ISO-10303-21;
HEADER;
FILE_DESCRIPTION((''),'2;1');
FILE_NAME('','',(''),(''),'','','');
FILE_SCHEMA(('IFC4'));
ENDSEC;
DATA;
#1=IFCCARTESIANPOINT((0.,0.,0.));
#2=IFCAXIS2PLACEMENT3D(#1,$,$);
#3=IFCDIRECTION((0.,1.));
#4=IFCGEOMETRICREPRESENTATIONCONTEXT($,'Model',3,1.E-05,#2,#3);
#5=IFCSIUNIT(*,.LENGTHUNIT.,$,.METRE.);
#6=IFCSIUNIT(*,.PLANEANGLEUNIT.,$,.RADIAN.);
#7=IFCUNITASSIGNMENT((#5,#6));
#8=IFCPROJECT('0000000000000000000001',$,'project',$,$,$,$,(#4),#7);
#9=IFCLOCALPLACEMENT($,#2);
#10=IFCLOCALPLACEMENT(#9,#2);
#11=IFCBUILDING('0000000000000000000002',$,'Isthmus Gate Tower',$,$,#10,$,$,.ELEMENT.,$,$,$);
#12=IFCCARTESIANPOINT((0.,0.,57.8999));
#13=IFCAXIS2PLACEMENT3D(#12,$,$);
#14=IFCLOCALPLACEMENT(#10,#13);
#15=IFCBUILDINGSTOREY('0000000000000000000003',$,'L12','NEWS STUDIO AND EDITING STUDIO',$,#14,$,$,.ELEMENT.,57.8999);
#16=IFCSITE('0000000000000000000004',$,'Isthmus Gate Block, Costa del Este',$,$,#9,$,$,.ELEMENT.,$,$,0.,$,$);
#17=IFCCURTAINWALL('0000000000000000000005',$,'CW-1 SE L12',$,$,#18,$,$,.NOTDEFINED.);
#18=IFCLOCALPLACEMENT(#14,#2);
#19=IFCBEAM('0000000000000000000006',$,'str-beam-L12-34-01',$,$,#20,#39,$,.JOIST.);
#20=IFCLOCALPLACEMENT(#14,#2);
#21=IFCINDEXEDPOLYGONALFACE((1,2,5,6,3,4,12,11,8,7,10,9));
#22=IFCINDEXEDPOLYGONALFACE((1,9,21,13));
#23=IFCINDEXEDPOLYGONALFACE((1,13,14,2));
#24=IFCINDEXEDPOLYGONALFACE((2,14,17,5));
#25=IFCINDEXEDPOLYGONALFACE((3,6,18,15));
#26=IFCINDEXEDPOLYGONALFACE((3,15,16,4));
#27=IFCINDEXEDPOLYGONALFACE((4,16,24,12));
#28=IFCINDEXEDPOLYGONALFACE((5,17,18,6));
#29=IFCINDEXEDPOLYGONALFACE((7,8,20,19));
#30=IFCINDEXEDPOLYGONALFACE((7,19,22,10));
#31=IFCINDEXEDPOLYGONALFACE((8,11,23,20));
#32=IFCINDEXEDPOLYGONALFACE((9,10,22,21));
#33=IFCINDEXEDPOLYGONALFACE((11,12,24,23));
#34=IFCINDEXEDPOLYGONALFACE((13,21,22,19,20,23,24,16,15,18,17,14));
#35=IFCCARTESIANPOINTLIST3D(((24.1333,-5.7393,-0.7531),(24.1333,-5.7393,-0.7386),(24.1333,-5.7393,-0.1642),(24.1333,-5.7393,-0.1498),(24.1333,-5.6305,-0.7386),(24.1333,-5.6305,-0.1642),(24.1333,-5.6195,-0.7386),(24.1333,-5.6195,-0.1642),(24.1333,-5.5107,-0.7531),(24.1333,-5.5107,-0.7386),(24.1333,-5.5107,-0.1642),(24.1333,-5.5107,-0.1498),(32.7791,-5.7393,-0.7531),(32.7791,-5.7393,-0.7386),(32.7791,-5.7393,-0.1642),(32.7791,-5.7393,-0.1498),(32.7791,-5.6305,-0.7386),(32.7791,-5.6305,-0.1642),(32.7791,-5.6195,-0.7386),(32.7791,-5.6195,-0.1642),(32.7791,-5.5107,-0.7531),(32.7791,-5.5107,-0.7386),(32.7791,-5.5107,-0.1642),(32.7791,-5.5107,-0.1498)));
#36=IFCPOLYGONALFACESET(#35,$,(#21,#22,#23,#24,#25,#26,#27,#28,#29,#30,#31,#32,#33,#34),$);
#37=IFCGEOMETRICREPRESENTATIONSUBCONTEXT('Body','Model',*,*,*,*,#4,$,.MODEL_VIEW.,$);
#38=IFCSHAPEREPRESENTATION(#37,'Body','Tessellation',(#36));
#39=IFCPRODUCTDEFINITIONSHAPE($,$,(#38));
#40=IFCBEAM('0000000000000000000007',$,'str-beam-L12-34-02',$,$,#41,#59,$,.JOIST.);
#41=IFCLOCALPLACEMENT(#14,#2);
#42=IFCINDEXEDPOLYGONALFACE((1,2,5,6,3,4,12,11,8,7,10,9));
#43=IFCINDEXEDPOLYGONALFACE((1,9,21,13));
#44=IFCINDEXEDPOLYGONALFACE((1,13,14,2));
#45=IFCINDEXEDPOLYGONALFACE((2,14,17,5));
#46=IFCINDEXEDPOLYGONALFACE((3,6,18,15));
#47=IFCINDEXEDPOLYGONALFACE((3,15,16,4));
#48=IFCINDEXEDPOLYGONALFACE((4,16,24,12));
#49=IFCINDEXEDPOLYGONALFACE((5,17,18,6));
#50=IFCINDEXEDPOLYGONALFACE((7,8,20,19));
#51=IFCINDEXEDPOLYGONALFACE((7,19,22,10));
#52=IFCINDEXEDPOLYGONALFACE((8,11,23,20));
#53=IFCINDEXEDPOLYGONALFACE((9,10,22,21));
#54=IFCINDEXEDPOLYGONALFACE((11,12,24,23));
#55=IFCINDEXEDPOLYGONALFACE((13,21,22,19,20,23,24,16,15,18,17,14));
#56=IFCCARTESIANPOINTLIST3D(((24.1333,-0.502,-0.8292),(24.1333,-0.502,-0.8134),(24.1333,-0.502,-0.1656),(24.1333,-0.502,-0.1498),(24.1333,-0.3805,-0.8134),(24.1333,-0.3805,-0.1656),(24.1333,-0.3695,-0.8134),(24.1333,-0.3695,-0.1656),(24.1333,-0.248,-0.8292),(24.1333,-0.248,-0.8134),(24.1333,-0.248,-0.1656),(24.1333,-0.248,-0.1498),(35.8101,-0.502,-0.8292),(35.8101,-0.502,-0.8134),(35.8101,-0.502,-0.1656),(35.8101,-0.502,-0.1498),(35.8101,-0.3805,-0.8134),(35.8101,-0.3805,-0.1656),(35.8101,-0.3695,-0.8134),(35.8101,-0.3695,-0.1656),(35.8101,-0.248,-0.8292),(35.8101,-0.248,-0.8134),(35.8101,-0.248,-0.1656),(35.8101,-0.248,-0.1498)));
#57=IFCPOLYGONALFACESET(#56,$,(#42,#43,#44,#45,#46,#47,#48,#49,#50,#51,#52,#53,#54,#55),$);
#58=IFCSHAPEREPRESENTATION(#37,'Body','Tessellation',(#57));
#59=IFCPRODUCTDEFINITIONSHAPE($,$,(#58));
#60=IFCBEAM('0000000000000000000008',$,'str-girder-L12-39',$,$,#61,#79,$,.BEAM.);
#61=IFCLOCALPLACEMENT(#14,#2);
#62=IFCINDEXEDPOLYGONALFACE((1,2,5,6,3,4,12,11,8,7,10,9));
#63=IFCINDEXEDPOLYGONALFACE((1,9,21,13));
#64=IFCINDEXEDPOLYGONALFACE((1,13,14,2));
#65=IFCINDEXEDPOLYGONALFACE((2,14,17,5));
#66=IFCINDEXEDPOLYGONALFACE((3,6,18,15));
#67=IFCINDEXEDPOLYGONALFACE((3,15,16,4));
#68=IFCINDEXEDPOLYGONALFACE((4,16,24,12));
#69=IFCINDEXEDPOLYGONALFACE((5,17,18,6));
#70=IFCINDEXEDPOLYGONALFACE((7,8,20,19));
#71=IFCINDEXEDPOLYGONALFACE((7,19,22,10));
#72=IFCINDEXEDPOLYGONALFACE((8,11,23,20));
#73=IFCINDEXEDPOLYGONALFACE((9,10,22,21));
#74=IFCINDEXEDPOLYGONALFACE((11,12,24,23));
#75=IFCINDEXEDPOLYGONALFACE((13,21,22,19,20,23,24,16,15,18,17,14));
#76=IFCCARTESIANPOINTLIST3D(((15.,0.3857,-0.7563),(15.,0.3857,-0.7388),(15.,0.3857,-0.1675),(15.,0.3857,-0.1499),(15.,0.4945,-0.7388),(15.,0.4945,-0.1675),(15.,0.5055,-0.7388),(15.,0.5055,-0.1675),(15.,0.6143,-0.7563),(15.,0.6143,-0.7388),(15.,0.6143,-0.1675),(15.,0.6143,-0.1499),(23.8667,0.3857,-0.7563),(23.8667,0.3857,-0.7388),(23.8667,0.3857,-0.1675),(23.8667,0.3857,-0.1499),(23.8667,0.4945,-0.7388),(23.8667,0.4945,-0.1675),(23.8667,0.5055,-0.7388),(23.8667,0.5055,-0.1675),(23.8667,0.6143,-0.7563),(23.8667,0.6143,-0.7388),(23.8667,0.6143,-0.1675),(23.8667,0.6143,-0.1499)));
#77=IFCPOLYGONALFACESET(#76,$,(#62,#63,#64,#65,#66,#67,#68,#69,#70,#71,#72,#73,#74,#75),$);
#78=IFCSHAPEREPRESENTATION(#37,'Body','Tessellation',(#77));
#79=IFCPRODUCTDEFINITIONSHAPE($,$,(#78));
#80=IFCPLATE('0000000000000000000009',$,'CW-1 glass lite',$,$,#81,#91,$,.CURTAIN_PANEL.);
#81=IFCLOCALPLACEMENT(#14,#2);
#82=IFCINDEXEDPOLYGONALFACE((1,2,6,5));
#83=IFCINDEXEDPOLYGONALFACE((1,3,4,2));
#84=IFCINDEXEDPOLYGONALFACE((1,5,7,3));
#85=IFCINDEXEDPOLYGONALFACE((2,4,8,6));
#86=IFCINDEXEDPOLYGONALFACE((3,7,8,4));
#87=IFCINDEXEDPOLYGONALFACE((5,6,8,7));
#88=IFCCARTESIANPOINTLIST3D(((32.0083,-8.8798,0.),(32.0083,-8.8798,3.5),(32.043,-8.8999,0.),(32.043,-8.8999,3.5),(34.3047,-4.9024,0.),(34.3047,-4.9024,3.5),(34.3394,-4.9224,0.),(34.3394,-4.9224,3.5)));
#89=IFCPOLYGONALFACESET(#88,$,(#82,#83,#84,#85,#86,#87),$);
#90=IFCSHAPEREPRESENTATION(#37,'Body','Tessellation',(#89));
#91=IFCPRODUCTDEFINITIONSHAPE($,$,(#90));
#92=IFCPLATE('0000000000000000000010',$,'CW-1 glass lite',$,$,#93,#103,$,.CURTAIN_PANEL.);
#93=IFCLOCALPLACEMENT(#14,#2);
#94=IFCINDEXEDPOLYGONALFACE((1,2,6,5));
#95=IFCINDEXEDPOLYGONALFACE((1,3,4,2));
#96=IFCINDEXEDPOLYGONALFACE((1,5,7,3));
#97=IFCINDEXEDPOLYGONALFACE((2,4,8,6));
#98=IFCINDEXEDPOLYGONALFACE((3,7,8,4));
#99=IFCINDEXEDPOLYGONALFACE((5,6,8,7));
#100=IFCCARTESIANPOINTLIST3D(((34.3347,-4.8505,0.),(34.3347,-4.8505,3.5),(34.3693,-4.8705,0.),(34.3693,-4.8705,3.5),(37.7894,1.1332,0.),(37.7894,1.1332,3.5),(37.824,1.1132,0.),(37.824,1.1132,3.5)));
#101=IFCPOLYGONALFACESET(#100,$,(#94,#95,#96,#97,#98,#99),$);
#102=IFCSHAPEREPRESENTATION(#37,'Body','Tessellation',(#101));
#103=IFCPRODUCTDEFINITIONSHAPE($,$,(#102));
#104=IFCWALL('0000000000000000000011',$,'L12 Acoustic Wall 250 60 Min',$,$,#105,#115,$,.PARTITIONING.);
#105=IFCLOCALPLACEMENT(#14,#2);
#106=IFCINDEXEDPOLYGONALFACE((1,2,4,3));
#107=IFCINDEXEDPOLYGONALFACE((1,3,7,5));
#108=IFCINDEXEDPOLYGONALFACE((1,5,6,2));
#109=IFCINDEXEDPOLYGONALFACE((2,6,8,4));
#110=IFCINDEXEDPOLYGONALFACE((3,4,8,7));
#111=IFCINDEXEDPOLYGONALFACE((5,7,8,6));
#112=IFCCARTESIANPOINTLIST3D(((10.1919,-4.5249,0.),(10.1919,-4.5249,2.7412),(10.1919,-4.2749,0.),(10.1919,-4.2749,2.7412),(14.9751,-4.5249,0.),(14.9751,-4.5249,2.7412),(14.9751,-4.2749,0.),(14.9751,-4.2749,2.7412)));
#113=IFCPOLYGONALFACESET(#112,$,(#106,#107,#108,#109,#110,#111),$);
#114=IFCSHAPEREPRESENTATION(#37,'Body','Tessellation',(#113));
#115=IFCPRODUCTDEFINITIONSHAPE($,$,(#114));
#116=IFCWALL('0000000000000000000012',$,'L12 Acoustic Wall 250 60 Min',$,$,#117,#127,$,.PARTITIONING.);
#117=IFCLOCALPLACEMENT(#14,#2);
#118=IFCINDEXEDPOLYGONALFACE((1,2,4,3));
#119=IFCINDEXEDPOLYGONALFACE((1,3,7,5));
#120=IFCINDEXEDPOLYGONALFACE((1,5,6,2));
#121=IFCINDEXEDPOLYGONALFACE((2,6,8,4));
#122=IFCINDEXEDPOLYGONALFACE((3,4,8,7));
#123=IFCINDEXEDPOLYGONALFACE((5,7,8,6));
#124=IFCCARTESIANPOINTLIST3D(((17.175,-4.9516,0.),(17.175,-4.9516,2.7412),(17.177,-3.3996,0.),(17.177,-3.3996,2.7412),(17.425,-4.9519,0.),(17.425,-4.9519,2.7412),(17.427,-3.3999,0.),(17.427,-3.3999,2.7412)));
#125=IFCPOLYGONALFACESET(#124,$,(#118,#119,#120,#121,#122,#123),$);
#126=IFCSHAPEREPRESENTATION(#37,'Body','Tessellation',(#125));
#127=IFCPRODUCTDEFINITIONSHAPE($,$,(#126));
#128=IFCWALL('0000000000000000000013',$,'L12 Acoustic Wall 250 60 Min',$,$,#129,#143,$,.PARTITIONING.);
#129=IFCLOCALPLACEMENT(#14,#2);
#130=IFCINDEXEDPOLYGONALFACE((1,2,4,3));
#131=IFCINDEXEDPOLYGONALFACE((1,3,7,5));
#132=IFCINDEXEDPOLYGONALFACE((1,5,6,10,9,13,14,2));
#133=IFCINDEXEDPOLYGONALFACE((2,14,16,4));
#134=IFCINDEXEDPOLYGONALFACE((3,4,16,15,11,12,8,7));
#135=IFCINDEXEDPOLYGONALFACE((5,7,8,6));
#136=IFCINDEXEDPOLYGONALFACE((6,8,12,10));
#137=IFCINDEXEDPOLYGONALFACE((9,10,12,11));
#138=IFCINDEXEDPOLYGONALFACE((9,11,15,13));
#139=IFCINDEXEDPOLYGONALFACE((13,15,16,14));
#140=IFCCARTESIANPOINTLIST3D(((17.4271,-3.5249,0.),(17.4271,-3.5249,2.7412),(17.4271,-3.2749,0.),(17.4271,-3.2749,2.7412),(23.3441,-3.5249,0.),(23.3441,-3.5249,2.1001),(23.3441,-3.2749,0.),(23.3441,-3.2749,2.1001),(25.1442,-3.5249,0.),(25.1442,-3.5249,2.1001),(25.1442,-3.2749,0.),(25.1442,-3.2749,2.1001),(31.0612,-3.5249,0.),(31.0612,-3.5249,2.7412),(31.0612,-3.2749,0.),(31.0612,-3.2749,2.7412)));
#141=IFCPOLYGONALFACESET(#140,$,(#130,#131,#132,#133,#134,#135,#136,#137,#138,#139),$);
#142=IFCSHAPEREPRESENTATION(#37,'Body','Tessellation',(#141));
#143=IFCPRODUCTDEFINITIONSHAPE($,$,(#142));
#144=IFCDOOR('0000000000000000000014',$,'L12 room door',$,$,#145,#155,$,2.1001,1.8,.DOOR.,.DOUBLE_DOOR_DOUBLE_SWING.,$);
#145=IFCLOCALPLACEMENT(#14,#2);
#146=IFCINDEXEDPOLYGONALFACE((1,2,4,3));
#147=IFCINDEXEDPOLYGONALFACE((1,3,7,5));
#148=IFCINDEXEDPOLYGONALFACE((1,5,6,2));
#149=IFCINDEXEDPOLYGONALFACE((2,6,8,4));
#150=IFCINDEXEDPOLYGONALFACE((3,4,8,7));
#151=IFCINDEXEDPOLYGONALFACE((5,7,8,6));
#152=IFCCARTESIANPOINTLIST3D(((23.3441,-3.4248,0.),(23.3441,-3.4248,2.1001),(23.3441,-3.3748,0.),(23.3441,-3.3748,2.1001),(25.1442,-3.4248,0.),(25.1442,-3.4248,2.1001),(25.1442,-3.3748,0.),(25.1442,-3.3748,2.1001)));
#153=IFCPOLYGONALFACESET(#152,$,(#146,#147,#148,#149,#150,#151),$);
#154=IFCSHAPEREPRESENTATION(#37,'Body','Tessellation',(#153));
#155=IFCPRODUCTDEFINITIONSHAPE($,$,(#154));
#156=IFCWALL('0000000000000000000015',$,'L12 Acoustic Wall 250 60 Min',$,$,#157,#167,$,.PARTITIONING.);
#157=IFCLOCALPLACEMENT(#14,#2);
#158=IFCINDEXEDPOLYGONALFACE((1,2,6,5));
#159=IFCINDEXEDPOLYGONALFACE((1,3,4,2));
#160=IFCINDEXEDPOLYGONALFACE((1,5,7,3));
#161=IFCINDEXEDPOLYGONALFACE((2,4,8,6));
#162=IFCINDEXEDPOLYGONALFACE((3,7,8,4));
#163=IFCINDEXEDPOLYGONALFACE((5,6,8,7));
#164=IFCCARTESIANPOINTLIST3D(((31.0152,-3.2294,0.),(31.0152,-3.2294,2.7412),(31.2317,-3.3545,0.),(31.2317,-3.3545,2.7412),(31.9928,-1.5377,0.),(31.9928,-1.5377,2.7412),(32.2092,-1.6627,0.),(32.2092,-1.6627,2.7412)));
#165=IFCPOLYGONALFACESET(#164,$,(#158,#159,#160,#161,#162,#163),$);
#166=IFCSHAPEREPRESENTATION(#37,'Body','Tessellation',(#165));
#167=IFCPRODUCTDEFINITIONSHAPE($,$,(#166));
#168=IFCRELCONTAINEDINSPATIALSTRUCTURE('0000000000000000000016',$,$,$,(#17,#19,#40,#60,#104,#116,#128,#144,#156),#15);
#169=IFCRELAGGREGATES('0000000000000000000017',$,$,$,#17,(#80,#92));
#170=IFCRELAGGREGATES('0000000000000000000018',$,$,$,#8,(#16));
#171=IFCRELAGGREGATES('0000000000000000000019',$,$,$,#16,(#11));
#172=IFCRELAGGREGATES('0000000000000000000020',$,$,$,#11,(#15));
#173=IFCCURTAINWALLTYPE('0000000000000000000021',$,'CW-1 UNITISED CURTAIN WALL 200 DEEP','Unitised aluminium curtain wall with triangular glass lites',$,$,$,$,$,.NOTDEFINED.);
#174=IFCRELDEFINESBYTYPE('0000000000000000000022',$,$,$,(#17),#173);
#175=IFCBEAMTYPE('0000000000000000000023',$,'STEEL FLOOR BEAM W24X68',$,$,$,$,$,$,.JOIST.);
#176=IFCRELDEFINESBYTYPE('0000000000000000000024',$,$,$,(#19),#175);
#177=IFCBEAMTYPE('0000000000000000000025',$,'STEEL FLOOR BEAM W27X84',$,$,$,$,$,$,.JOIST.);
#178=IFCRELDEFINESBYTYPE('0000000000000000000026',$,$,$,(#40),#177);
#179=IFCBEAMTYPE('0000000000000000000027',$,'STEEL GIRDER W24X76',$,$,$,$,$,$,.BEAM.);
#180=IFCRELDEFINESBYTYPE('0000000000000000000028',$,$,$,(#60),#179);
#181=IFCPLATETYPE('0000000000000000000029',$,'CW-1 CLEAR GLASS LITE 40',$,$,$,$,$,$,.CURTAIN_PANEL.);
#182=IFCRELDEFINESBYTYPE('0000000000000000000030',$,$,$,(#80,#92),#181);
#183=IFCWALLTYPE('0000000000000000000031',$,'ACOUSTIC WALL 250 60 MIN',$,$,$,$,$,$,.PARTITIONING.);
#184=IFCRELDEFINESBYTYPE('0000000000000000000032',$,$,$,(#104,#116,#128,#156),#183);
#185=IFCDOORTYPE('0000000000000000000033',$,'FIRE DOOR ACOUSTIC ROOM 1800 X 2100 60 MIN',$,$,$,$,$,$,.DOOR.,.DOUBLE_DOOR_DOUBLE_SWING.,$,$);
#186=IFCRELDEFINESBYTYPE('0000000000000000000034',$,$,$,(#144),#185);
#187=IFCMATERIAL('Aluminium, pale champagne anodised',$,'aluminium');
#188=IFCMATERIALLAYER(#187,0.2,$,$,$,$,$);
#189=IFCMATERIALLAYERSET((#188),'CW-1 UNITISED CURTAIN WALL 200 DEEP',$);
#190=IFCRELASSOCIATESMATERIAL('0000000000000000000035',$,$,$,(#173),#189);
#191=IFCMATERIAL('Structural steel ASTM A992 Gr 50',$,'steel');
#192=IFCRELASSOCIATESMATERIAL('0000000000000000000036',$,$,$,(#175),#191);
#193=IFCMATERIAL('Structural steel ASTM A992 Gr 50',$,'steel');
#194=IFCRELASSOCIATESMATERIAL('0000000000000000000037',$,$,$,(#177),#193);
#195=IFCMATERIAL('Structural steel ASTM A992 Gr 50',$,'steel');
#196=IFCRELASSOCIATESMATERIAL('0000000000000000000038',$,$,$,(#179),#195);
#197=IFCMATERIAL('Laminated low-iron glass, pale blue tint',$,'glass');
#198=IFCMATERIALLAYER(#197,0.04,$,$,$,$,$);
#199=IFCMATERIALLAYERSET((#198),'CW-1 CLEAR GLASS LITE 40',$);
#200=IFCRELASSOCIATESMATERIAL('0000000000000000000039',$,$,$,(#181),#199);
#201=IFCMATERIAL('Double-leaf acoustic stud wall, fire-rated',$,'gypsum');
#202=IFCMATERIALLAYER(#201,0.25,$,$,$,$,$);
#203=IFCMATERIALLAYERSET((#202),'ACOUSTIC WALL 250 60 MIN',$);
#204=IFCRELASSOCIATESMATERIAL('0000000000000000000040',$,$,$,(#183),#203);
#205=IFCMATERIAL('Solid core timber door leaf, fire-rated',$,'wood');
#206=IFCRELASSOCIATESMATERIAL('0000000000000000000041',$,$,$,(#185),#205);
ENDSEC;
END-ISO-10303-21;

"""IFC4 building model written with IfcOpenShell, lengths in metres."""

from ifc_helpers import new_model, si_unit, direction, frame, frame_2d, origin, origin_2d, place, context, subcontext, project, spatial, rectangle, i_section, extrude, material, layer, layer_set, material_profile, profile_set, type_object, element, fill, aggregate, save


model = new_model("IFC4")

# Units and contexts
model_context = context("Model", 3, precision=1e-05, world=origin(), true_north=direction((0.0, 1.0)))
body_context = subcontext(model_context, "Body", "Model", "MODEL_VIEW")
ifc_project = project(units=[si_unit("LENGTHUNIT", "METRE"), si_unit("PLANEANGLEUNIT", "RADIAN")], contexts=[model_context])

# Site, building, storey
site_placement = place(None, origin())
site = spatial("IfcSite", under=ifc_project, at=site_placement, Name="Isthmus Gate Block, Costa del Este", CompositionType="ELEMENT", RefElevation=0.0)
building_placement = place(site_placement, origin())
building = spatial("IfcBuilding", under=site, at=building_placement, Name="Isthmus Gate Tower", CompositionType="ELEMENT")
storey_placement = place(building_placement, frame((0.0, 0.0, 57.8999)))
storey = spatial("IfcBuildingStorey", under=building, at=storey_placement, Name="L12", Description="NEWS STUDIO AND EDITING STUDIO", CompositionType="ELEMENT", Elevation=57.8999)

# Curtain wall
ifc_material_1 = material(Name="Aluminium, pale champagne anodised", Category="aluminium")
ifc_layer_1 = layer(ifc_material_1, 0.2)
ifc_layer_set_1 = layer_set([ifc_layer_1], Name="CW-1 UNITISED CURTAIN WALL 200 DEEP")
curtain_wall_type = type_object("IfcCurtainWallType", Name="CW-1 UNITISED CURTAIN WALL 200 DEEP", Description="Unitised aluminium curtain wall with triangular glass lites", PredefinedType="NOTDEFINED", material=ifc_layer_set_1)
curtain_wall_1_placement = place(storey_placement, origin())
curtain_wall_1 = element("IfcCurtainWall", 1, at=curtain_wall_1_placement, inside=storey, type_object=curtain_wall_type, Name="CW-1 SE L12", PredefinedType="NOTDEFINED")

# Beams
ifc_material_2 = material(Name="Structural steel ASTM A992 Gr 50", Category="steel")
ifc_material_profile_1 = material_profile(ifc_material_2, i_section(OverallWidth=0.2285, OverallDepth=0.6033, WebThickness=0.011, FlangeThickness=0.0144, at=origin_2d()), Name="W24X68")
ifc_profile_set_1 = profile_set([ifc_material_profile_1], Name="Structural steel ASTM A992 Gr 50")
beam_type_1 = type_object("IfcBeamType", Name="STEEL FLOOR BEAM W24X68", PredefinedType="JOIST", material=ifc_profile_set_1)
beam_1_placement = place(storey_placement, frame((24.1333, -5.625, -0.4514), z_axis=(1.0, 0.0, 0.0), x_axis=(0.0, 1.0, 0.0)))
element("IfcBeam", 2, at=beam_1_placement, inside=storey, type_object=beam_type_1, Name="str-beam-L12-34-01", PredefinedType="JOIST", context=body_context, shape_type="SweptSolid", body=[
    extrude(i_section(OverallWidth=0.2285, OverallDepth=0.6033, WebThickness=0.011, FlangeThickness=0.0144, at=origin_2d()), origin(), (0.0, 0.0, 1.0), 8.6458),
])
ifc_material_3 = material(Name="Structural steel ASTM A992 Gr 50", Category="steel")
ifc_material_profile_2 = material_profile(ifc_material_3, i_section(OverallWidth=0.2539, OverallDepth=0.6794, WebThickness=0.011, FlangeThickness=0.0159, at=origin_2d()), Name="W27X84")
ifc_profile_set_2 = profile_set([ifc_material_profile_2], Name="Structural steel ASTM A992 Gr 50")
beam_type_2 = type_object("IfcBeamType", Name="STEEL FLOOR BEAM W27X84", PredefinedType="JOIST", material=ifc_profile_set_2)
beam_2_placement = place(storey_placement, frame((24.1333, -0.375, -0.4895), z_axis=(1.0, 0.0, 0.0), x_axis=(0.0, 1.0, 0.0)))
element("IfcBeam", 3, at=beam_2_placement, inside=storey, type_object=beam_type_2, Name="str-beam-L12-34-02", PredefinedType="JOIST", context=body_context, shape_type="SweptSolid", body=[
    extrude(i_section(OverallWidth=0.2539, OverallDepth=0.6794, WebThickness=0.011, FlangeThickness=0.0159, at=origin_2d()), origin(), (0.0, 0.0, 1.0), 11.6768),
])
ifc_material_4 = material(Name="Structural steel ASTM A992 Gr 50", Category="steel")
ifc_material_profile_3 = material_profile(ifc_material_4, i_section(OverallWidth=0.2285, OverallDepth=0.6064, WebThickness=0.011, FlangeThickness=0.0176, at=origin_2d()), Name="W24X76")
ifc_profile_set_3 = profile_set([ifc_material_profile_3], Name="Structural steel ASTM A992 Gr 50")
beam_type_3 = type_object("IfcBeamType", Name="STEEL GIRDER W24X76", PredefinedType="BEAM", material=ifc_profile_set_3)
beam_3_placement = place(storey_placement, frame((15.0, 0.5, -0.4531), z_axis=(1.0, 0.0, 0.0), x_axis=(0.0, 1.0, 0.0)))
element("IfcBeam", 4, at=beam_3_placement, inside=storey, type_object=beam_type_3, Name="str-girder-L12-39", PredefinedType="BEAM", context=body_context, shape_type="SweptSolid", body=[
    extrude(i_section(OverallWidth=0.2285, OverallDepth=0.6064, WebThickness=0.011, FlangeThickness=0.0176, at=origin_2d()), origin(), (0.0, 0.0, 1.0), 8.8667),
])

# Plates
ifc_material_5 = material(Name="Laminated low-iron glass, pale blue tint", Category="glass")
ifc_layer_2 = layer(ifc_material_5, 0.04)
ifc_layer_set_2 = layer_set([ifc_layer_2], Name="CW-1 CLEAR GLASS LITE 40")
plate_type = type_object("IfcPlateType", Name="CW-1 CLEAR GLASS LITE 40", PredefinedType="CURTAIN_PANEL", material=ifc_layer_set_2)
plate_1_placement = place(storey_placement, frame((33.1738, -6.9011, 0.0), z_axis=(0.0, 0.0, 1.0), x_axis=(0.5, 0.866025, 0.0)))
plate_1 = element("IfcPlate", 5, at=plate_1_placement, type_object=plate_type, Name="CW-1 glass lite", PredefinedType="CURTAIN_PANEL", context=body_context, shape_type="SweptSolid", body=[
    extrude(rectangle(XDim=4.5928, YDim=0.04, at=origin_2d()), origin(), (0.0, 0.0, 1.0), 3.5),
])
plate_2_placement = place(storey_placement, frame((36.0793, -1.8687, 0.0), z_axis=(0.0, 0.0, 1.0), x_axis=(0.5, 0.866025, 0.0)))
plate_2 = element("IfcPlate", 6, at=plate_2_placement, type_object=plate_type, Name="CW-1 glass lite", PredefinedType="CURTAIN_PANEL", context=body_context, shape_type="SweptSolid", body=[
    extrude(rectangle(XDim=6.9094, YDim=0.04, at=origin_2d()), origin(), (0.0, 0.0, 1.0), 3.5),
])
aggregate(curtain_wall_1, [plate_1, plate_2])

# Walls
ifc_material_6 = material(Name="Double-leaf acoustic stud wall, fire-rated", Category="gypsum")
ifc_layer_3 = layer(ifc_material_6, 0.25)
ifc_layer_set_3 = layer_set([ifc_layer_3], Name="ACOUSTIC WALL 250 60 MIN")
wall_type_1 = type_object("IfcWallType", Name="ACOUSTIC WALL 250 60 MIN", PredefinedType="PARTITIONING", material=ifc_layer_set_3)
wall_1_placement = place(storey_placement, frame((14.9751, -4.3999, 0.0), z_axis=(0.0, 0.0, 1.0), x_axis=(-1.0, 0.0, 0.0)))
element("IfcWall", 7, at=wall_1_placement, inside=storey, type_object=wall_type_1, Name="L12 Acoustic Wall 250 60 Min", PredefinedType="PARTITIONING", context=body_context, shape_type="SweptSolid", body=[
    extrude(rectangle(XDim=4.7832, YDim=0.25, at=frame_2d((2.3916, 0.0))), origin(), (0.0, 0.0, 1.0), 2.7412),
])
wall_2_placement = place(storey_placement, frame((17.302, -3.3999, 0.0), z_axis=(0.0, 0.0, 1.0), x_axis=(-0.001258, -0.999999, 0.0)))
element("IfcWall", 8, at=wall_2_placement, inside=storey, type_object=wall_type_1, Name="L12 Acoustic Wall 250 60 Min", PredefinedType="PARTITIONING", context=body_context, shape_type="SweptSolid", body=[
    extrude(rectangle(XDim=1.552, YDim=0.25, at=frame_2d((0.7759, 0.0))), origin(), (0.0, 0.0, 1.0), 2.7412),
])

# Wall, opening, door
wall_3_placement = place(storey_placement, frame((31.061, -3.3999, 0.0), z_axis=(0.0, 0.0, 1.0), x_axis=(-1.0, 0.0, 0.0)))
wall_3 = element("IfcWall", 9, at=wall_3_placement, inside=storey, type_object=wall_type_1, Name="L12 Acoustic Wall 250 60 Min", PredefinedType="PARTITIONING", context=body_context, shape_type="SweptSolid", body=[
    extrude(rectangle(XDim=13.634, YDim=0.25, at=frame_2d((6.8169, 0.0))), origin(), (0.0, 0.0, 1.0), 2.7412),
])
opening_1_placement = place(wall_3_placement, frame((5.917, 0.0, 0.0)))
opening_1 = element("IfcOpeningElement", 10, at=opening_1_placement, cuts=wall_3, PredefinedType="OPENING", context=body_context, shape_type="SweptSolid", body=[
    extrude(rectangle(XDim=1.8, YDim=2.1001, at=frame_2d((0.8999, 1.05))), frame((0.0, 0.135, 0.0), z_axis=(0.0, -1.0, 0.0), x_axis=(1.0, 0.0, 0.0)), (0.0, 0.0, 1.0), 0.27),
])
ifc_material_7 = material(Name="Solid core timber door leaf, fire-rated", Category="wood")
door_type_1 = type_object("IfcDoorType", Name="FIRE DOOR ACOUSTIC ROOM 1800 X 2100 60 MIN", OperationType="DOUBLE_DOOR_DOUBLE_SWING", PredefinedType="DOOR", material=ifc_material_7)
door_1_placement = place(opening_1_placement, origin())
door_1 = element("IfcDoor", 11, at=door_1_placement, inside=storey, type_object=door_type_1, Name="L12 room door", OperationType="DOUBLE_DOOR_DOUBLE_SWING", OverallHeight=2.1001, OverallWidth=1.8, PredefinedType="DOOR", context=body_context, shape_type="SweptSolid", body=[
    extrude(rectangle(XDim=1.8, YDim=2.1001, at=frame_2d((0.8999, 1.05))), frame((0.0, 0.0249, 0.0), z_axis=(0.0, -1.0, 0.0), x_axis=(1.0, 0.0, 0.0)), (0.0, 0.0, 1.0), 0.05),
])
fill(opening_1, door_1)

# Wall
wall_4_placement = place(storey_placement, frame((32.1011, -1.6001, 0.0), z_axis=(0.0, 0.0, 1.0), x_axis=(-0.500332, -0.865834, 0.0)))
element("IfcWall", 12, at=wall_4_placement, inside=storey, type_object=wall_type_1, Name="L12 Acoustic Wall 250 60 Min", PredefinedType="PARTITIONING", context=body_context, shape_type="SweptSolid", body=[
    extrude(rectangle(XDim=1.9539, YDim=0.25, at=frame_2d((0.9771, 0.0))), origin(), (0.0, 0.0, 1.0), 2.7412),
])

save(model, "model.ifc")
